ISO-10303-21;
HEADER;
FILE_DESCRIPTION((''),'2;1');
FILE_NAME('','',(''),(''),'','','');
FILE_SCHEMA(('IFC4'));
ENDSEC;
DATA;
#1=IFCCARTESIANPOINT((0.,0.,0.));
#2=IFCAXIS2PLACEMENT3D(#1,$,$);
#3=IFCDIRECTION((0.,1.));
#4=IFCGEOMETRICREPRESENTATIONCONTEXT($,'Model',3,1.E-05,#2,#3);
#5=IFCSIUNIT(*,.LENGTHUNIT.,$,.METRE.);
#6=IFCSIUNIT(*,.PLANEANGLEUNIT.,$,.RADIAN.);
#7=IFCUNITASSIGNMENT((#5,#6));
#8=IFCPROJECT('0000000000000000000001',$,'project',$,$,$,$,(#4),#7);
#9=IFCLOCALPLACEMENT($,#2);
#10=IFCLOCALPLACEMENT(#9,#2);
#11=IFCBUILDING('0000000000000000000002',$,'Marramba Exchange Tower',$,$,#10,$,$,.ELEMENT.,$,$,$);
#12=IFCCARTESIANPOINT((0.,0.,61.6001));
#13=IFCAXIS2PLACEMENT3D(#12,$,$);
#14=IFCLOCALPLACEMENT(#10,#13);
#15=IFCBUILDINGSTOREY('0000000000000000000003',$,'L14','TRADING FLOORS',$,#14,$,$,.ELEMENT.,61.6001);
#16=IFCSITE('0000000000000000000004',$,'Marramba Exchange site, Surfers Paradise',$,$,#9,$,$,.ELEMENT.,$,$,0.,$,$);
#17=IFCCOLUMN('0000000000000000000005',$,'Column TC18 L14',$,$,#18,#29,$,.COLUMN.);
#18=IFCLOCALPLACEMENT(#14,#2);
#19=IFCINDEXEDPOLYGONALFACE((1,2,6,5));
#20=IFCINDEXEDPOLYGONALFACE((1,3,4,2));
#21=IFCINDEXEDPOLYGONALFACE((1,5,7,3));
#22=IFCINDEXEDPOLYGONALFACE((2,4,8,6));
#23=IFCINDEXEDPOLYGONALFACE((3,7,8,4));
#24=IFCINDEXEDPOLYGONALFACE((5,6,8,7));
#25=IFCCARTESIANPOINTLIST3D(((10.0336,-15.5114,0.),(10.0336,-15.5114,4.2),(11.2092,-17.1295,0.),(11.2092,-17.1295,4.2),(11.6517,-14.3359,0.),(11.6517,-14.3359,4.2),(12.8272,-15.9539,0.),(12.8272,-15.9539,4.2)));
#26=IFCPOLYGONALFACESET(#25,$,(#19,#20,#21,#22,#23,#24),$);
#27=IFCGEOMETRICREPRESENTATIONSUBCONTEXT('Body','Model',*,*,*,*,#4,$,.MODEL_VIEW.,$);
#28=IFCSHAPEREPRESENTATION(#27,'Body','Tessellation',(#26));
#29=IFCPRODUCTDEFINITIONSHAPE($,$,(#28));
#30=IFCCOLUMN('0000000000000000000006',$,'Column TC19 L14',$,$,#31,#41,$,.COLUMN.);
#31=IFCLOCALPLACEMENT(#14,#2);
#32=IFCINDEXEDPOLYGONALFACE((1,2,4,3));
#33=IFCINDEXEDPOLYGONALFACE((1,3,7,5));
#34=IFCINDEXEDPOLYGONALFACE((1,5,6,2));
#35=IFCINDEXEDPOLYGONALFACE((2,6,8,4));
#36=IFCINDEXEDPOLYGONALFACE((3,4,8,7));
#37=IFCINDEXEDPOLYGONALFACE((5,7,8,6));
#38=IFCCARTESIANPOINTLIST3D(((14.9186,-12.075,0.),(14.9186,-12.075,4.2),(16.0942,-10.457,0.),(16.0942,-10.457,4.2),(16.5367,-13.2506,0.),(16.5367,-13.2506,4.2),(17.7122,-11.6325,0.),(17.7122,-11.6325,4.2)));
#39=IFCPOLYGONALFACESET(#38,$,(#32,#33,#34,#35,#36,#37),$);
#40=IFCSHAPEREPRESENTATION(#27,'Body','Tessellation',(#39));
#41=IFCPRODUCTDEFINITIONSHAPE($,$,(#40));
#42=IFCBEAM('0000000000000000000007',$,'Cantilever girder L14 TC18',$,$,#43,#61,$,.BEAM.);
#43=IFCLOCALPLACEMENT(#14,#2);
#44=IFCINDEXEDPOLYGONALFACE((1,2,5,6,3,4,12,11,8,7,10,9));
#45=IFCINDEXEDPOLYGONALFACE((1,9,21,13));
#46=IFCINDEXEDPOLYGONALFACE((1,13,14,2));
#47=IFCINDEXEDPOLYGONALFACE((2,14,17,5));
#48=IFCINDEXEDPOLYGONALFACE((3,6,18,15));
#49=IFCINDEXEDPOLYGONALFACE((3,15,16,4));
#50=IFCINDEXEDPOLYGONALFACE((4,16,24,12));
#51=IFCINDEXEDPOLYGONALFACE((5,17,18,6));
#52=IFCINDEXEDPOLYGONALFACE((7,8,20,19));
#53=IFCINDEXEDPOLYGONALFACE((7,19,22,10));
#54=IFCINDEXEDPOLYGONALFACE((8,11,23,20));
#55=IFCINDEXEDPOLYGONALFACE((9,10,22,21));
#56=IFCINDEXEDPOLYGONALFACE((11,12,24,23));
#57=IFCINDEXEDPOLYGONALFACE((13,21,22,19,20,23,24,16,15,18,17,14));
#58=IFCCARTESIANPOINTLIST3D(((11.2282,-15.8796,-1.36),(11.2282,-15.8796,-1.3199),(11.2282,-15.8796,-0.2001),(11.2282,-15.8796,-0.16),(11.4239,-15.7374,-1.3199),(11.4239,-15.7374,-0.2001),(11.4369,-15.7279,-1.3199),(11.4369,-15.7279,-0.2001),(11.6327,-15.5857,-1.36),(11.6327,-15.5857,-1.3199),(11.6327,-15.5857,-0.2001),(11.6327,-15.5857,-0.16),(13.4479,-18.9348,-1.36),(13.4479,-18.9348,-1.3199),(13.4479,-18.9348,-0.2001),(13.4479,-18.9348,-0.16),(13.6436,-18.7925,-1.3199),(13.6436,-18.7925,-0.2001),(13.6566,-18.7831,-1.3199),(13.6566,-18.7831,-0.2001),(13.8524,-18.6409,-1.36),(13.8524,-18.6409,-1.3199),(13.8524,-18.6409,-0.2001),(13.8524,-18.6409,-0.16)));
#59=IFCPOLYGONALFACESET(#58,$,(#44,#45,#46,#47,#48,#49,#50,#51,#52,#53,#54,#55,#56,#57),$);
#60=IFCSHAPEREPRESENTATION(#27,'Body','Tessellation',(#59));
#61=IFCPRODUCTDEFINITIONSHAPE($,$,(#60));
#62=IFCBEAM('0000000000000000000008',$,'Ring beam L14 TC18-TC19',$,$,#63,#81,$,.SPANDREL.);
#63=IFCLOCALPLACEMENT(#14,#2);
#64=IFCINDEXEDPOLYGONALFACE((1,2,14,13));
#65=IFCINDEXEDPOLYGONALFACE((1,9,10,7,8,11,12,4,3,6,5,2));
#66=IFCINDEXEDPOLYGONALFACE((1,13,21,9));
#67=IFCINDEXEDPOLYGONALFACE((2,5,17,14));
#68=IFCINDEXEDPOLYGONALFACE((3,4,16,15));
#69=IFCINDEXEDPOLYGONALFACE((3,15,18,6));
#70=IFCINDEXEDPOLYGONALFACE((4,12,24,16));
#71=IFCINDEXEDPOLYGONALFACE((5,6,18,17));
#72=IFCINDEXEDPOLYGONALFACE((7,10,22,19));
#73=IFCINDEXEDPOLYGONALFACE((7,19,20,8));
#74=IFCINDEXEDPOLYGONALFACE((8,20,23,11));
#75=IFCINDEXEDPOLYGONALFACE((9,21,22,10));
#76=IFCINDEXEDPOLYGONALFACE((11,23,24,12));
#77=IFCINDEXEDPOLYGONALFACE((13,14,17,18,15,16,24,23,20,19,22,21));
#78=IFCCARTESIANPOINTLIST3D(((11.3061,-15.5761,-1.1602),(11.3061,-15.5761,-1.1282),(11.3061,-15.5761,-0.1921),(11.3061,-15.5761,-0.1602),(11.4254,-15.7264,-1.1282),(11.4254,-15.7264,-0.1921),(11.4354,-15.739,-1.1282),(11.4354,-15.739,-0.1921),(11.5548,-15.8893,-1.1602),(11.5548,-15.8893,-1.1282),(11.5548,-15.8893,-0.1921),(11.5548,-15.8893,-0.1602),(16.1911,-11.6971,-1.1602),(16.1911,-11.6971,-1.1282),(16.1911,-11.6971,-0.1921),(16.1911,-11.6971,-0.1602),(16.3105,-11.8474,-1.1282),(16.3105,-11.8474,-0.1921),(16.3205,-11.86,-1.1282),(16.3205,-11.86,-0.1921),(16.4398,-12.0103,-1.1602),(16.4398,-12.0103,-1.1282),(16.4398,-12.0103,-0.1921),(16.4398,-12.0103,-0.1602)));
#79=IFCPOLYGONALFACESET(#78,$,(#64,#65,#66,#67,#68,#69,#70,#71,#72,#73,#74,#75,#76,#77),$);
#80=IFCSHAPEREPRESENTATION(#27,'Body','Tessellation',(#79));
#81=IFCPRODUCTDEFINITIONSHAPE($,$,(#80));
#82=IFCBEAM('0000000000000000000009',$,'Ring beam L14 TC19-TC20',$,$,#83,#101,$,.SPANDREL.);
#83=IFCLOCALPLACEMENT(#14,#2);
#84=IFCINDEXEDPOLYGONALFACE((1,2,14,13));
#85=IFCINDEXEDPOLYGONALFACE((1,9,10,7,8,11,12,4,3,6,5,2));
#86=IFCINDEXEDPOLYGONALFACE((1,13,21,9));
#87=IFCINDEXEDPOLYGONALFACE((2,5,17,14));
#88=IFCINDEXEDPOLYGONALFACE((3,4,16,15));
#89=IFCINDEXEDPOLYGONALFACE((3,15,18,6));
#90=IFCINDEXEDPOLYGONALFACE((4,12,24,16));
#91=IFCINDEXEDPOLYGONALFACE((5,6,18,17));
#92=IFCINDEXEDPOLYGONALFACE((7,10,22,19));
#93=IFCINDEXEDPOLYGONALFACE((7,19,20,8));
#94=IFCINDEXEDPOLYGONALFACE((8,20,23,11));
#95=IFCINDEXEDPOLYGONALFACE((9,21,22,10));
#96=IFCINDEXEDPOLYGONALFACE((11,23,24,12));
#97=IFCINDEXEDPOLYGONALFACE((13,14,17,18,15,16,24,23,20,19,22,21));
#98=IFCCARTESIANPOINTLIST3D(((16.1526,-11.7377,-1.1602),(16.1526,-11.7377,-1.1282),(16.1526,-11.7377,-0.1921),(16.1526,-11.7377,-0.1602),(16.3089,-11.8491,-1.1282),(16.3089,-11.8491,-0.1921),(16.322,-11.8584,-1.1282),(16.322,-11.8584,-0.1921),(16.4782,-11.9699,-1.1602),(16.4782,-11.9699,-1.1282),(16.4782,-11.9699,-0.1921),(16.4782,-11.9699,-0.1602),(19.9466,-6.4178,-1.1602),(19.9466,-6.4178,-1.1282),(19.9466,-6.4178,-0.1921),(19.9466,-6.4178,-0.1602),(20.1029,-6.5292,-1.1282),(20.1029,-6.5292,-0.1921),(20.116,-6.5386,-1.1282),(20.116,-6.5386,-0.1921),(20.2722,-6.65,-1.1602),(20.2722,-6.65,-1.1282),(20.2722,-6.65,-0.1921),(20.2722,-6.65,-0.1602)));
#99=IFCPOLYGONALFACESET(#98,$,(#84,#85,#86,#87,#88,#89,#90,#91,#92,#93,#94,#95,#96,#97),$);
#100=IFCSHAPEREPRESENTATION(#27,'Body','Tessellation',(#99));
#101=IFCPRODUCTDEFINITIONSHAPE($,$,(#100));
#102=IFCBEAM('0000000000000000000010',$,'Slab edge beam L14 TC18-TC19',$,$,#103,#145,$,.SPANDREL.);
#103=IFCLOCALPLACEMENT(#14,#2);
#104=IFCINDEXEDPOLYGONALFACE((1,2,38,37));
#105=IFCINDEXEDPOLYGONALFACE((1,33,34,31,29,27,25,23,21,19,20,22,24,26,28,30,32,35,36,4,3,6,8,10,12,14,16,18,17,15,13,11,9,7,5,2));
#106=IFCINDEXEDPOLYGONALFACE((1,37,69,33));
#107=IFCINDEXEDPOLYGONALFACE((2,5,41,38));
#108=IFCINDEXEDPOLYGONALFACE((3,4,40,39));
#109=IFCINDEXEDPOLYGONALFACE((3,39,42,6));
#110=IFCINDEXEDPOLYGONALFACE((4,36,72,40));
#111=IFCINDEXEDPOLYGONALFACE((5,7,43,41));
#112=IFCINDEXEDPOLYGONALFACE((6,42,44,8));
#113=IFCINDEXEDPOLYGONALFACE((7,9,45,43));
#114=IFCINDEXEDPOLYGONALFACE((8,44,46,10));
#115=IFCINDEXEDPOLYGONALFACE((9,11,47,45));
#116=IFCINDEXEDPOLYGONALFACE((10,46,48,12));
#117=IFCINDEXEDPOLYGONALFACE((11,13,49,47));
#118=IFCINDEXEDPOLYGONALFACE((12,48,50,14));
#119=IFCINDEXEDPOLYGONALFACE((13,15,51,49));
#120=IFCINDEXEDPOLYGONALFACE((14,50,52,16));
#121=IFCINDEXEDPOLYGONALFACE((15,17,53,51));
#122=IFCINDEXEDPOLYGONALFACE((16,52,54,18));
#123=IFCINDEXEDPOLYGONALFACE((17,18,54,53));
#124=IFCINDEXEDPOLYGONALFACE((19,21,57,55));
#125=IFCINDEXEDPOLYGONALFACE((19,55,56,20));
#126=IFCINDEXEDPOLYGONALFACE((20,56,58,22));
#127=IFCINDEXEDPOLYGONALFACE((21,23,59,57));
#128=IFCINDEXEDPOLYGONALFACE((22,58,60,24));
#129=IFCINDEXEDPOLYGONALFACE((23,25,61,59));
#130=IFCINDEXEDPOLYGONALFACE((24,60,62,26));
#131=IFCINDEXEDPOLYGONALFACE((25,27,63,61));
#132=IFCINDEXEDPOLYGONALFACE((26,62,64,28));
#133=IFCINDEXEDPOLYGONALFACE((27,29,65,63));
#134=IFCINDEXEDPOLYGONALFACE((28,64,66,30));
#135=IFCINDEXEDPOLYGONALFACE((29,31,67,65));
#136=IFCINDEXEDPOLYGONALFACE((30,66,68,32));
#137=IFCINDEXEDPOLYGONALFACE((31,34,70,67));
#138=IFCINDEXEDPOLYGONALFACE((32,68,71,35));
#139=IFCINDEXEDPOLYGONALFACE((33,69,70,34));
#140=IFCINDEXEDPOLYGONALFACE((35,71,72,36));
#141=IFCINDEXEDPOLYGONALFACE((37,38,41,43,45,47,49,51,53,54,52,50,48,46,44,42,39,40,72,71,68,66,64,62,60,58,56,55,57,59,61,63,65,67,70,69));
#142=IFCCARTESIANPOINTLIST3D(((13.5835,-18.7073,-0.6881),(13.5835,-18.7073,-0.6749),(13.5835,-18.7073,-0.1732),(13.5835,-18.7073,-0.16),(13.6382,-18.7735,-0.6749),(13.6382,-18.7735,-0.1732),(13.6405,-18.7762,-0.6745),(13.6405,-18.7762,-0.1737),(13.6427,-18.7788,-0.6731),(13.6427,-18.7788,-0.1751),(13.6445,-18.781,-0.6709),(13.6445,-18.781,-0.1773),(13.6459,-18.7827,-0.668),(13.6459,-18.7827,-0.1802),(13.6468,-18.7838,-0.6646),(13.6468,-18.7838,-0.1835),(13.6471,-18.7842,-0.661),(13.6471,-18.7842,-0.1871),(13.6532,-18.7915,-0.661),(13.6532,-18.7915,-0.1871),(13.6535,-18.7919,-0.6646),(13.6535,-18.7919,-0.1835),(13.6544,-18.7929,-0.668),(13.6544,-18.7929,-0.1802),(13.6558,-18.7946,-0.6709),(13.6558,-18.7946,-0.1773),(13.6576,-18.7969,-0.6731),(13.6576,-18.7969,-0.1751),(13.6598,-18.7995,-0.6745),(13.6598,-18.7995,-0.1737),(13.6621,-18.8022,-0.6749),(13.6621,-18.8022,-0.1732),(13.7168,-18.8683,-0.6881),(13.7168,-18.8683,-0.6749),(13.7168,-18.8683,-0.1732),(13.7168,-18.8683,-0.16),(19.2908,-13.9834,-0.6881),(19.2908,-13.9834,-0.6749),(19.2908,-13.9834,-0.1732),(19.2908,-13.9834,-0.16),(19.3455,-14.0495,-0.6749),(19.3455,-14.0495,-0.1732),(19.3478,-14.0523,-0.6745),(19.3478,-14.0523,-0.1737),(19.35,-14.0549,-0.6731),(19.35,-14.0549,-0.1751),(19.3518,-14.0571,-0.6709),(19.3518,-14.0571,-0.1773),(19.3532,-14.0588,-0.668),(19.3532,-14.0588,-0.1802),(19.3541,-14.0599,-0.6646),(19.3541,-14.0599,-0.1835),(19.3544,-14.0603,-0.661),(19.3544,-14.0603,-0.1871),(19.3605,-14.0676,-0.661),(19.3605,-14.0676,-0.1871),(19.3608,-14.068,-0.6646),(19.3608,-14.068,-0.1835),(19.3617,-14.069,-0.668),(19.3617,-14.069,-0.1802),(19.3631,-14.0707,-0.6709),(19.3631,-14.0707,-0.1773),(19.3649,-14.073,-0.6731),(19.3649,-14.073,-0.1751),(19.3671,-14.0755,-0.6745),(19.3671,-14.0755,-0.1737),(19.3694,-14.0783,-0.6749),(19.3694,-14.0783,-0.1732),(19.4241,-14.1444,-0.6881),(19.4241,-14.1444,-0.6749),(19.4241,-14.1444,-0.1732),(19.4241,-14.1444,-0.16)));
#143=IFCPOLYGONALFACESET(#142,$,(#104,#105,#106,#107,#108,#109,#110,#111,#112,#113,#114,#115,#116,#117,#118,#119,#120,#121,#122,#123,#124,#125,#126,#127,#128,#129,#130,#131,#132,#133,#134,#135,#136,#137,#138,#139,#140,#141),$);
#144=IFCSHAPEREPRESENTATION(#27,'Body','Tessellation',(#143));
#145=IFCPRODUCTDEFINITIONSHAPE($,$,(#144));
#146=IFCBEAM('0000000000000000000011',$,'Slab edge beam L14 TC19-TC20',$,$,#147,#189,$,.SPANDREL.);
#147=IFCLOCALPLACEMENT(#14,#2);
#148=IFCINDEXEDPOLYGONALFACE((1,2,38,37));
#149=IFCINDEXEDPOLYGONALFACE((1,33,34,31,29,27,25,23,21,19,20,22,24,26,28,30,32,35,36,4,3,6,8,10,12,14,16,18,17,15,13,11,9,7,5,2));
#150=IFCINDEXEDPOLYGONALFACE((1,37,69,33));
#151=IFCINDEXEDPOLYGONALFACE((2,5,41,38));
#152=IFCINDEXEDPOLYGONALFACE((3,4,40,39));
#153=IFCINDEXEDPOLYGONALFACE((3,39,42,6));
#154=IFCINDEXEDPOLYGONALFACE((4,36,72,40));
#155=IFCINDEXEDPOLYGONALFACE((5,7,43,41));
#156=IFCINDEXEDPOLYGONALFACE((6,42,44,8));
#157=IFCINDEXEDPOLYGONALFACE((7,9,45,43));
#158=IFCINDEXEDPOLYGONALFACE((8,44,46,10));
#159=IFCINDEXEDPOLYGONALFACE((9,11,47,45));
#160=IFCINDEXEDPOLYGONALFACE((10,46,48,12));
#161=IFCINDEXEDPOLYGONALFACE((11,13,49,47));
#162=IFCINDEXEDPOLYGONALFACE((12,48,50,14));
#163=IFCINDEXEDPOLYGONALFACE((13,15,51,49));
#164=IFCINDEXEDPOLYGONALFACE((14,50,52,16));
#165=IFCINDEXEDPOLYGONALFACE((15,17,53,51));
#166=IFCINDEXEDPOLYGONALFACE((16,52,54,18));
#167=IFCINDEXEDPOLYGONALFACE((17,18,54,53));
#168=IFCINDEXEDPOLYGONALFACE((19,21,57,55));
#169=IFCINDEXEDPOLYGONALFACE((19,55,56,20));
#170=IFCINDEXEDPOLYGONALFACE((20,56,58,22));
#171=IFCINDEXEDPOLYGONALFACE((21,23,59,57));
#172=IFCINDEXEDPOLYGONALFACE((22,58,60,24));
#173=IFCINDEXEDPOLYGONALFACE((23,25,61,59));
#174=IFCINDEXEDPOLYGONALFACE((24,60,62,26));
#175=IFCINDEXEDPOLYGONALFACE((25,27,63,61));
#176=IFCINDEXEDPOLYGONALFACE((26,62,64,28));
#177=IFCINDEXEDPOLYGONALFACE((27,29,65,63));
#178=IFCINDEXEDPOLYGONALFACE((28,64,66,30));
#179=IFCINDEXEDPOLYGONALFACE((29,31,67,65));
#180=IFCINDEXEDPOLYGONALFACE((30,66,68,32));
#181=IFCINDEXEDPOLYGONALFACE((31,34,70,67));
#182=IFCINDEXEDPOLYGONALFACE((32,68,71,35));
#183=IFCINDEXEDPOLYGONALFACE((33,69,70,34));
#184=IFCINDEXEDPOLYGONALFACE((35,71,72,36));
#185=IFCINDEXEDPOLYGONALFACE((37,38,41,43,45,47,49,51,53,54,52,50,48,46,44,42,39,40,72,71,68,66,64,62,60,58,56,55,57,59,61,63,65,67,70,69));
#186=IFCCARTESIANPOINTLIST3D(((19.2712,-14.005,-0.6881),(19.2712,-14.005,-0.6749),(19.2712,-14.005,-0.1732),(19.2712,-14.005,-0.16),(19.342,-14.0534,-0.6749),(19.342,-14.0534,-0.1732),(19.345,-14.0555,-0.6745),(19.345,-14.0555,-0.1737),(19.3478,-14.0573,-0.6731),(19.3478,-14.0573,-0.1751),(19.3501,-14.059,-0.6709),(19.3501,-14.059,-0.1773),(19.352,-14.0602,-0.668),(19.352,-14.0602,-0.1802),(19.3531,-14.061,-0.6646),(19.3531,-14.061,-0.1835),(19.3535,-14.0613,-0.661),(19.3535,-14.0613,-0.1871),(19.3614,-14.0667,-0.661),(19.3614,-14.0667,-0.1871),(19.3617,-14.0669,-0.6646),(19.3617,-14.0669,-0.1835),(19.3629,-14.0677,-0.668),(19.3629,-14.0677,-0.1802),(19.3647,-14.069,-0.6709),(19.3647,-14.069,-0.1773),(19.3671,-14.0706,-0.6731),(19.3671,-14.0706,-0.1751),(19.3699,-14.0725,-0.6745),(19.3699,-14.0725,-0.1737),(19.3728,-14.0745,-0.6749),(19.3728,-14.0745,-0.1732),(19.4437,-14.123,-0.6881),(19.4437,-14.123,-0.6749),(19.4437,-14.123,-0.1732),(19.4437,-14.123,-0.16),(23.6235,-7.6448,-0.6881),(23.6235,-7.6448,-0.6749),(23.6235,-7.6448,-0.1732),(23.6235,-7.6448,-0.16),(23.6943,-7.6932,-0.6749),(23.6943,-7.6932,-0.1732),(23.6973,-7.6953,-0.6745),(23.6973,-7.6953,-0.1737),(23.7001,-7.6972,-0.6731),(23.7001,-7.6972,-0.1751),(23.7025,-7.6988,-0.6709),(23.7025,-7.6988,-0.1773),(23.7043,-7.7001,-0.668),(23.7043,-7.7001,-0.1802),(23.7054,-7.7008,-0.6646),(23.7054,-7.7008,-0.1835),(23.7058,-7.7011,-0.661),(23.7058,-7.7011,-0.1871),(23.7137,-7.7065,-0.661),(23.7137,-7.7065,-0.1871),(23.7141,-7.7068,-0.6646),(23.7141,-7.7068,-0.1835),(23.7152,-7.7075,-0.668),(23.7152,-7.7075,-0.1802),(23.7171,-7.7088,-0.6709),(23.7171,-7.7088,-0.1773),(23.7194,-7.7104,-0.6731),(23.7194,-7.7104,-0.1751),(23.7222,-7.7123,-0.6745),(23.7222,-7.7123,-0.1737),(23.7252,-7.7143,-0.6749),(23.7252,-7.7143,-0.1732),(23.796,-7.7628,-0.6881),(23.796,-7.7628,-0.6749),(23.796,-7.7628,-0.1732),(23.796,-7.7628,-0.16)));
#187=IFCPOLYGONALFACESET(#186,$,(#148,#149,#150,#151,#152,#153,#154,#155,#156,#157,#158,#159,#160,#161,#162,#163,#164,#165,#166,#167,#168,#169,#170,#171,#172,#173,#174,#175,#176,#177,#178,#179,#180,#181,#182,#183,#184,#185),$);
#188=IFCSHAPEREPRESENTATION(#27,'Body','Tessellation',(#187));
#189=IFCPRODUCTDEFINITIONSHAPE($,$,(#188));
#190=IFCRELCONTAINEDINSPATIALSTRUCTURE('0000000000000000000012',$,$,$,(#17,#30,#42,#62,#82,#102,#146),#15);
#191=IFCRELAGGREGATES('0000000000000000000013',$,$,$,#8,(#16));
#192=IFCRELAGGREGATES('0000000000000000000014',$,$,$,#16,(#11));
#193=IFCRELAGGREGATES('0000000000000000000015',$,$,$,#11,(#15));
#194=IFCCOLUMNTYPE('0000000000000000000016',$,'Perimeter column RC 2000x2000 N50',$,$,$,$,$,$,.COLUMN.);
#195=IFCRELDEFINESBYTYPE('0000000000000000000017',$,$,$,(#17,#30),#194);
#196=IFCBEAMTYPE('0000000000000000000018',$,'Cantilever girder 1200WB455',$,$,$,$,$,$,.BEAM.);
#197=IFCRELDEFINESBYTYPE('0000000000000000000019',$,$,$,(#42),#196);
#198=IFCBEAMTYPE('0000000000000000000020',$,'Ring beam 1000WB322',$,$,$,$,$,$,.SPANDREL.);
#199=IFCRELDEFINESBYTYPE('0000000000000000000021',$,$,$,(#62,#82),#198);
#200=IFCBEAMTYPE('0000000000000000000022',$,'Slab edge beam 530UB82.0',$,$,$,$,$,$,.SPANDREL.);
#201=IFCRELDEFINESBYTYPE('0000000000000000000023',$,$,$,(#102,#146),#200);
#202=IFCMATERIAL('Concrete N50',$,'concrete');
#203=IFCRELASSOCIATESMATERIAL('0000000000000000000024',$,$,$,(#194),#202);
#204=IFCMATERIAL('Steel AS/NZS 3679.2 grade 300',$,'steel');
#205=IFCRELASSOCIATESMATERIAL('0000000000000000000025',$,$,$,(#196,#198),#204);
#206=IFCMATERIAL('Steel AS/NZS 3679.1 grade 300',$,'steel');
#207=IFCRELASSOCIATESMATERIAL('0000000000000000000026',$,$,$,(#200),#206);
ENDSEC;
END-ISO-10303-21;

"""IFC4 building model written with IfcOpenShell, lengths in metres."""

from ifc_helpers import new_model, si_unit, direction, frame, origin, origin_2d, place, context, subcontext, project, spatial, rectangle, i_section, extrude, material, material_profile, profile_set, type_object, element, save


model = new_model("IFC4")

# Units and contexts
model_context = context("Model", 3, precision=1e-05, world=origin(), true_north=direction((0.0, 1.0)))
body_context = subcontext(model_context, "Body", "Model", "MODEL_VIEW")
ifc_project = project(units=[si_unit("LENGTHUNIT", "METRE"), si_unit("PLANEANGLEUNIT", "RADIAN")], contexts=[model_context])

# Site, building, storey
site_placement = place(None, origin())
site = spatial("IfcSite", under=ifc_project, at=site_placement, Name="Marramba Exchange site, Surfers Paradise", CompositionType="ELEMENT", RefElevation=0.0)
building_placement = place(site_placement, origin())
building = spatial("IfcBuilding", under=site, at=building_placement, Name="Marramba Exchange Tower", CompositionType="ELEMENT")
storey_placement = place(building_placement, frame((0.0, 0.0, 61.6001)))
storey = spatial("IfcBuildingStorey", under=building, at=storey_placement, Name="L14", Description="TRADING FLOORS", CompositionType="ELEMENT", Elevation=61.6001)

# Columns
ifc_material_1 = material(Name="Concrete N50", Category="concrete")
ifc_material_profile_1 = material_profile(ifc_material_1, rectangle(XDim=2.0, YDim=2.0, at=origin_2d()), Name="RC 2000x2000")
ifc_profile_set_1 = profile_set([ifc_material_profile_1], Name="Concrete N50")
column_type = type_object("IfcColumnType", Name="Perimeter column RC 2000x2000 N50", PredefinedType="COLUMN", material=ifc_profile_set_1)
for number, where, z_axis, x_axis, name in (
    (1, (11.4304, -15.7327, 0.0), (0.0, 0.0, 1.0), (0.587785, -0.809017, 0.0), "Column TC18 L14"),
    (2, (16.3154, -11.8538, 0.0), (0.0, 0.0, 1.0), (0.809017, -0.587785, 0.0), "Column TC19 L14"),
):
    element("IfcColumn", number, at=place(storey_placement, frame(where, z_axis=z_axis, x_axis=x_axis)), inside=storey, type_object=column_type, Name=name, PredefinedType="COLUMN", context=body_context, shape_type="SweptSolid", body=[
        extrude(rectangle(XDim=2.0, YDim=2.0, at=origin_2d()), origin(), (0.0, 0.0, 1.0), 4.2),
    ])

# Beams
ifc_material_2 = material(Name="Steel AS/NZS 3679.2 grade 300", Category="steel")
ifc_material_profile_2 = material_profile(ifc_material_2, i_section(OverallWidth=0.5, OverallDepth=1.2, WebThickness=0.0161, FlangeThickness=0.04, at=origin_2d()), Name="1200WB455")
ifc_profile_set_2 = profile_set([ifc_material_profile_2], Name="Steel AS/NZS 3679.2 grade 300")
beam_type_1 = type_object("IfcBeamType", Name="Cantilever girder 1200WB455", PredefinedType="BEAM", material=ifc_profile_set_2)
beam_1_placement = place(storey_placement, frame((11.4304, -15.7327, -0.76), z_axis=(0.587787, -0.809016, 0.0), x_axis=(0.809016, 0.587787, 0.0)))
element("IfcBeam", 3, at=beam_1_placement, inside=storey, type_object=beam_type_1, Name="Cantilever girder L14 TC18", PredefinedType="BEAM", context=body_context, shape_type="SweptSolid", body=[
    extrude(i_section(OverallWidth=0.5, OverallDepth=1.2, WebThickness=0.0161, FlangeThickness=0.04, at=origin_2d()), origin(), (0.0, 0.0, 1.0), 3.7764),
])
ifc_material_profile_3 = material_profile(ifc_material_2, i_section(OverallWidth=0.3999, OverallDepth=1.0, WebThickness=0.0161, FlangeThickness=0.032, at=origin_2d()), Name="1000WB322")
ifc_profile_set_3 = profile_set([ifc_material_profile_3], Name="Steel AS/NZS 3679.2 grade 300")
beam_type_2 = type_object("IfcBeamType", Name="Ring beam 1000WB322", PredefinedType="SPANDREL", material=ifc_profile_set_3)
beam_2_placement = place(storey_placement, frame((11.4304, -15.7327, -0.6602), z_axis=(0.783139, 0.621846, 0.0), x_axis=(-0.621846, 0.783139, 0.0)))
element("IfcBeam", 4, at=beam_2_placement, inside=storey, type_object=beam_type_2, Name="Ring beam L14 TC18-TC19", PredefinedType="SPANDREL", context=body_context, shape_type="SweptSolid", body=[
    extrude(i_section(OverallWidth=0.3999, OverallDepth=1.0, WebThickness=0.0161, FlangeThickness=0.032, at=origin_2d()), origin(), (0.0, 0.0, 1.0), 6.2378),
])
beam_3_placement = place(storey_placement, frame((16.3154, -11.8538, -0.6602), z_axis=(0.580637, 0.814162, 0.0), x_axis=(-0.814162, 0.580637, 0.0)))
element("IfcBeam", 5, at=beam_3_placement, inside=storey, type_object=beam_type_2, Name="Ring beam L14 TC19-TC20", PredefinedType="SPANDREL", context=body_context, shape_type="SweptSolid", body=[
    extrude(i_section(OverallWidth=0.3999, OverallDepth=1.0, WebThickness=0.0161, FlangeThickness=0.032, at=origin_2d()), origin(), (0.0, 0.0, 1.0), 6.5342),
])
ifc_material_3 = material(Name="Steel AS/NZS 3679.1 grade 300", Category="steel")
ifc_material_profile_4 = material_profile(ifc_material_3, i_section(OverallWidth=0.209, OverallDepth=0.5281, WebThickness=0.0095, FlangeThickness=0.0132, FilletRadius=0.0139, at=origin_2d()), Name="530UB82.0")
ifc_profile_set_4 = profile_set([ifc_material_profile_4], Name="Steel AS/NZS 3679.1 grade 300")
beam_type_3 = type_object("IfcBeamType", Name="Slab edge beam 530UB82.0", PredefinedType="SPANDREL", material=ifc_profile_set_4)
beam_4_placement = place(storey_placement, frame((13.6501, -18.7878, -0.4241), z_axis=(0.770354, 0.637617, 0.0), x_axis=(-0.637617, 0.770354, 0.0)))
element("IfcBeam", 6, at=beam_4_placement, inside=storey, type_object=beam_type_3, Name="Slab edge beam L14 TC18-TC19", PredefinedType="SPANDREL", context=body_context, shape_type="SweptSolid", body=[
    extrude(i_section(OverallWidth=0.209, OverallDepth=0.5281, WebThickness=0.0095, FlangeThickness=0.0132, FilletRadius=0.0139, at=origin_2d()), origin(), (0.0, 0.0, 1.0), 7.4087),
])
beam_5_placement = place(storey_placement, frame((19.3574, -14.064, -0.4241), z_axis=(0.564741, 0.825268, 0.0), x_axis=(-0.825268, 0.564741, 0.0)))
element("IfcBeam", 7, at=beam_5_placement, inside=storey, type_object=beam_type_3, Name="Slab edge beam L14 TC19-TC20", PredefinedType="SPANDREL", context=body_context, shape_type="SweptSolid", body=[
    extrude(i_section(OverallWidth=0.209, OverallDepth=0.5281, WebThickness=0.0095, FlangeThickness=0.0132, FilletRadius=0.0139, at=origin_2d()), origin(), (0.0, 0.0, 1.0), 7.7068),
])

save(model, "model.ifc")
